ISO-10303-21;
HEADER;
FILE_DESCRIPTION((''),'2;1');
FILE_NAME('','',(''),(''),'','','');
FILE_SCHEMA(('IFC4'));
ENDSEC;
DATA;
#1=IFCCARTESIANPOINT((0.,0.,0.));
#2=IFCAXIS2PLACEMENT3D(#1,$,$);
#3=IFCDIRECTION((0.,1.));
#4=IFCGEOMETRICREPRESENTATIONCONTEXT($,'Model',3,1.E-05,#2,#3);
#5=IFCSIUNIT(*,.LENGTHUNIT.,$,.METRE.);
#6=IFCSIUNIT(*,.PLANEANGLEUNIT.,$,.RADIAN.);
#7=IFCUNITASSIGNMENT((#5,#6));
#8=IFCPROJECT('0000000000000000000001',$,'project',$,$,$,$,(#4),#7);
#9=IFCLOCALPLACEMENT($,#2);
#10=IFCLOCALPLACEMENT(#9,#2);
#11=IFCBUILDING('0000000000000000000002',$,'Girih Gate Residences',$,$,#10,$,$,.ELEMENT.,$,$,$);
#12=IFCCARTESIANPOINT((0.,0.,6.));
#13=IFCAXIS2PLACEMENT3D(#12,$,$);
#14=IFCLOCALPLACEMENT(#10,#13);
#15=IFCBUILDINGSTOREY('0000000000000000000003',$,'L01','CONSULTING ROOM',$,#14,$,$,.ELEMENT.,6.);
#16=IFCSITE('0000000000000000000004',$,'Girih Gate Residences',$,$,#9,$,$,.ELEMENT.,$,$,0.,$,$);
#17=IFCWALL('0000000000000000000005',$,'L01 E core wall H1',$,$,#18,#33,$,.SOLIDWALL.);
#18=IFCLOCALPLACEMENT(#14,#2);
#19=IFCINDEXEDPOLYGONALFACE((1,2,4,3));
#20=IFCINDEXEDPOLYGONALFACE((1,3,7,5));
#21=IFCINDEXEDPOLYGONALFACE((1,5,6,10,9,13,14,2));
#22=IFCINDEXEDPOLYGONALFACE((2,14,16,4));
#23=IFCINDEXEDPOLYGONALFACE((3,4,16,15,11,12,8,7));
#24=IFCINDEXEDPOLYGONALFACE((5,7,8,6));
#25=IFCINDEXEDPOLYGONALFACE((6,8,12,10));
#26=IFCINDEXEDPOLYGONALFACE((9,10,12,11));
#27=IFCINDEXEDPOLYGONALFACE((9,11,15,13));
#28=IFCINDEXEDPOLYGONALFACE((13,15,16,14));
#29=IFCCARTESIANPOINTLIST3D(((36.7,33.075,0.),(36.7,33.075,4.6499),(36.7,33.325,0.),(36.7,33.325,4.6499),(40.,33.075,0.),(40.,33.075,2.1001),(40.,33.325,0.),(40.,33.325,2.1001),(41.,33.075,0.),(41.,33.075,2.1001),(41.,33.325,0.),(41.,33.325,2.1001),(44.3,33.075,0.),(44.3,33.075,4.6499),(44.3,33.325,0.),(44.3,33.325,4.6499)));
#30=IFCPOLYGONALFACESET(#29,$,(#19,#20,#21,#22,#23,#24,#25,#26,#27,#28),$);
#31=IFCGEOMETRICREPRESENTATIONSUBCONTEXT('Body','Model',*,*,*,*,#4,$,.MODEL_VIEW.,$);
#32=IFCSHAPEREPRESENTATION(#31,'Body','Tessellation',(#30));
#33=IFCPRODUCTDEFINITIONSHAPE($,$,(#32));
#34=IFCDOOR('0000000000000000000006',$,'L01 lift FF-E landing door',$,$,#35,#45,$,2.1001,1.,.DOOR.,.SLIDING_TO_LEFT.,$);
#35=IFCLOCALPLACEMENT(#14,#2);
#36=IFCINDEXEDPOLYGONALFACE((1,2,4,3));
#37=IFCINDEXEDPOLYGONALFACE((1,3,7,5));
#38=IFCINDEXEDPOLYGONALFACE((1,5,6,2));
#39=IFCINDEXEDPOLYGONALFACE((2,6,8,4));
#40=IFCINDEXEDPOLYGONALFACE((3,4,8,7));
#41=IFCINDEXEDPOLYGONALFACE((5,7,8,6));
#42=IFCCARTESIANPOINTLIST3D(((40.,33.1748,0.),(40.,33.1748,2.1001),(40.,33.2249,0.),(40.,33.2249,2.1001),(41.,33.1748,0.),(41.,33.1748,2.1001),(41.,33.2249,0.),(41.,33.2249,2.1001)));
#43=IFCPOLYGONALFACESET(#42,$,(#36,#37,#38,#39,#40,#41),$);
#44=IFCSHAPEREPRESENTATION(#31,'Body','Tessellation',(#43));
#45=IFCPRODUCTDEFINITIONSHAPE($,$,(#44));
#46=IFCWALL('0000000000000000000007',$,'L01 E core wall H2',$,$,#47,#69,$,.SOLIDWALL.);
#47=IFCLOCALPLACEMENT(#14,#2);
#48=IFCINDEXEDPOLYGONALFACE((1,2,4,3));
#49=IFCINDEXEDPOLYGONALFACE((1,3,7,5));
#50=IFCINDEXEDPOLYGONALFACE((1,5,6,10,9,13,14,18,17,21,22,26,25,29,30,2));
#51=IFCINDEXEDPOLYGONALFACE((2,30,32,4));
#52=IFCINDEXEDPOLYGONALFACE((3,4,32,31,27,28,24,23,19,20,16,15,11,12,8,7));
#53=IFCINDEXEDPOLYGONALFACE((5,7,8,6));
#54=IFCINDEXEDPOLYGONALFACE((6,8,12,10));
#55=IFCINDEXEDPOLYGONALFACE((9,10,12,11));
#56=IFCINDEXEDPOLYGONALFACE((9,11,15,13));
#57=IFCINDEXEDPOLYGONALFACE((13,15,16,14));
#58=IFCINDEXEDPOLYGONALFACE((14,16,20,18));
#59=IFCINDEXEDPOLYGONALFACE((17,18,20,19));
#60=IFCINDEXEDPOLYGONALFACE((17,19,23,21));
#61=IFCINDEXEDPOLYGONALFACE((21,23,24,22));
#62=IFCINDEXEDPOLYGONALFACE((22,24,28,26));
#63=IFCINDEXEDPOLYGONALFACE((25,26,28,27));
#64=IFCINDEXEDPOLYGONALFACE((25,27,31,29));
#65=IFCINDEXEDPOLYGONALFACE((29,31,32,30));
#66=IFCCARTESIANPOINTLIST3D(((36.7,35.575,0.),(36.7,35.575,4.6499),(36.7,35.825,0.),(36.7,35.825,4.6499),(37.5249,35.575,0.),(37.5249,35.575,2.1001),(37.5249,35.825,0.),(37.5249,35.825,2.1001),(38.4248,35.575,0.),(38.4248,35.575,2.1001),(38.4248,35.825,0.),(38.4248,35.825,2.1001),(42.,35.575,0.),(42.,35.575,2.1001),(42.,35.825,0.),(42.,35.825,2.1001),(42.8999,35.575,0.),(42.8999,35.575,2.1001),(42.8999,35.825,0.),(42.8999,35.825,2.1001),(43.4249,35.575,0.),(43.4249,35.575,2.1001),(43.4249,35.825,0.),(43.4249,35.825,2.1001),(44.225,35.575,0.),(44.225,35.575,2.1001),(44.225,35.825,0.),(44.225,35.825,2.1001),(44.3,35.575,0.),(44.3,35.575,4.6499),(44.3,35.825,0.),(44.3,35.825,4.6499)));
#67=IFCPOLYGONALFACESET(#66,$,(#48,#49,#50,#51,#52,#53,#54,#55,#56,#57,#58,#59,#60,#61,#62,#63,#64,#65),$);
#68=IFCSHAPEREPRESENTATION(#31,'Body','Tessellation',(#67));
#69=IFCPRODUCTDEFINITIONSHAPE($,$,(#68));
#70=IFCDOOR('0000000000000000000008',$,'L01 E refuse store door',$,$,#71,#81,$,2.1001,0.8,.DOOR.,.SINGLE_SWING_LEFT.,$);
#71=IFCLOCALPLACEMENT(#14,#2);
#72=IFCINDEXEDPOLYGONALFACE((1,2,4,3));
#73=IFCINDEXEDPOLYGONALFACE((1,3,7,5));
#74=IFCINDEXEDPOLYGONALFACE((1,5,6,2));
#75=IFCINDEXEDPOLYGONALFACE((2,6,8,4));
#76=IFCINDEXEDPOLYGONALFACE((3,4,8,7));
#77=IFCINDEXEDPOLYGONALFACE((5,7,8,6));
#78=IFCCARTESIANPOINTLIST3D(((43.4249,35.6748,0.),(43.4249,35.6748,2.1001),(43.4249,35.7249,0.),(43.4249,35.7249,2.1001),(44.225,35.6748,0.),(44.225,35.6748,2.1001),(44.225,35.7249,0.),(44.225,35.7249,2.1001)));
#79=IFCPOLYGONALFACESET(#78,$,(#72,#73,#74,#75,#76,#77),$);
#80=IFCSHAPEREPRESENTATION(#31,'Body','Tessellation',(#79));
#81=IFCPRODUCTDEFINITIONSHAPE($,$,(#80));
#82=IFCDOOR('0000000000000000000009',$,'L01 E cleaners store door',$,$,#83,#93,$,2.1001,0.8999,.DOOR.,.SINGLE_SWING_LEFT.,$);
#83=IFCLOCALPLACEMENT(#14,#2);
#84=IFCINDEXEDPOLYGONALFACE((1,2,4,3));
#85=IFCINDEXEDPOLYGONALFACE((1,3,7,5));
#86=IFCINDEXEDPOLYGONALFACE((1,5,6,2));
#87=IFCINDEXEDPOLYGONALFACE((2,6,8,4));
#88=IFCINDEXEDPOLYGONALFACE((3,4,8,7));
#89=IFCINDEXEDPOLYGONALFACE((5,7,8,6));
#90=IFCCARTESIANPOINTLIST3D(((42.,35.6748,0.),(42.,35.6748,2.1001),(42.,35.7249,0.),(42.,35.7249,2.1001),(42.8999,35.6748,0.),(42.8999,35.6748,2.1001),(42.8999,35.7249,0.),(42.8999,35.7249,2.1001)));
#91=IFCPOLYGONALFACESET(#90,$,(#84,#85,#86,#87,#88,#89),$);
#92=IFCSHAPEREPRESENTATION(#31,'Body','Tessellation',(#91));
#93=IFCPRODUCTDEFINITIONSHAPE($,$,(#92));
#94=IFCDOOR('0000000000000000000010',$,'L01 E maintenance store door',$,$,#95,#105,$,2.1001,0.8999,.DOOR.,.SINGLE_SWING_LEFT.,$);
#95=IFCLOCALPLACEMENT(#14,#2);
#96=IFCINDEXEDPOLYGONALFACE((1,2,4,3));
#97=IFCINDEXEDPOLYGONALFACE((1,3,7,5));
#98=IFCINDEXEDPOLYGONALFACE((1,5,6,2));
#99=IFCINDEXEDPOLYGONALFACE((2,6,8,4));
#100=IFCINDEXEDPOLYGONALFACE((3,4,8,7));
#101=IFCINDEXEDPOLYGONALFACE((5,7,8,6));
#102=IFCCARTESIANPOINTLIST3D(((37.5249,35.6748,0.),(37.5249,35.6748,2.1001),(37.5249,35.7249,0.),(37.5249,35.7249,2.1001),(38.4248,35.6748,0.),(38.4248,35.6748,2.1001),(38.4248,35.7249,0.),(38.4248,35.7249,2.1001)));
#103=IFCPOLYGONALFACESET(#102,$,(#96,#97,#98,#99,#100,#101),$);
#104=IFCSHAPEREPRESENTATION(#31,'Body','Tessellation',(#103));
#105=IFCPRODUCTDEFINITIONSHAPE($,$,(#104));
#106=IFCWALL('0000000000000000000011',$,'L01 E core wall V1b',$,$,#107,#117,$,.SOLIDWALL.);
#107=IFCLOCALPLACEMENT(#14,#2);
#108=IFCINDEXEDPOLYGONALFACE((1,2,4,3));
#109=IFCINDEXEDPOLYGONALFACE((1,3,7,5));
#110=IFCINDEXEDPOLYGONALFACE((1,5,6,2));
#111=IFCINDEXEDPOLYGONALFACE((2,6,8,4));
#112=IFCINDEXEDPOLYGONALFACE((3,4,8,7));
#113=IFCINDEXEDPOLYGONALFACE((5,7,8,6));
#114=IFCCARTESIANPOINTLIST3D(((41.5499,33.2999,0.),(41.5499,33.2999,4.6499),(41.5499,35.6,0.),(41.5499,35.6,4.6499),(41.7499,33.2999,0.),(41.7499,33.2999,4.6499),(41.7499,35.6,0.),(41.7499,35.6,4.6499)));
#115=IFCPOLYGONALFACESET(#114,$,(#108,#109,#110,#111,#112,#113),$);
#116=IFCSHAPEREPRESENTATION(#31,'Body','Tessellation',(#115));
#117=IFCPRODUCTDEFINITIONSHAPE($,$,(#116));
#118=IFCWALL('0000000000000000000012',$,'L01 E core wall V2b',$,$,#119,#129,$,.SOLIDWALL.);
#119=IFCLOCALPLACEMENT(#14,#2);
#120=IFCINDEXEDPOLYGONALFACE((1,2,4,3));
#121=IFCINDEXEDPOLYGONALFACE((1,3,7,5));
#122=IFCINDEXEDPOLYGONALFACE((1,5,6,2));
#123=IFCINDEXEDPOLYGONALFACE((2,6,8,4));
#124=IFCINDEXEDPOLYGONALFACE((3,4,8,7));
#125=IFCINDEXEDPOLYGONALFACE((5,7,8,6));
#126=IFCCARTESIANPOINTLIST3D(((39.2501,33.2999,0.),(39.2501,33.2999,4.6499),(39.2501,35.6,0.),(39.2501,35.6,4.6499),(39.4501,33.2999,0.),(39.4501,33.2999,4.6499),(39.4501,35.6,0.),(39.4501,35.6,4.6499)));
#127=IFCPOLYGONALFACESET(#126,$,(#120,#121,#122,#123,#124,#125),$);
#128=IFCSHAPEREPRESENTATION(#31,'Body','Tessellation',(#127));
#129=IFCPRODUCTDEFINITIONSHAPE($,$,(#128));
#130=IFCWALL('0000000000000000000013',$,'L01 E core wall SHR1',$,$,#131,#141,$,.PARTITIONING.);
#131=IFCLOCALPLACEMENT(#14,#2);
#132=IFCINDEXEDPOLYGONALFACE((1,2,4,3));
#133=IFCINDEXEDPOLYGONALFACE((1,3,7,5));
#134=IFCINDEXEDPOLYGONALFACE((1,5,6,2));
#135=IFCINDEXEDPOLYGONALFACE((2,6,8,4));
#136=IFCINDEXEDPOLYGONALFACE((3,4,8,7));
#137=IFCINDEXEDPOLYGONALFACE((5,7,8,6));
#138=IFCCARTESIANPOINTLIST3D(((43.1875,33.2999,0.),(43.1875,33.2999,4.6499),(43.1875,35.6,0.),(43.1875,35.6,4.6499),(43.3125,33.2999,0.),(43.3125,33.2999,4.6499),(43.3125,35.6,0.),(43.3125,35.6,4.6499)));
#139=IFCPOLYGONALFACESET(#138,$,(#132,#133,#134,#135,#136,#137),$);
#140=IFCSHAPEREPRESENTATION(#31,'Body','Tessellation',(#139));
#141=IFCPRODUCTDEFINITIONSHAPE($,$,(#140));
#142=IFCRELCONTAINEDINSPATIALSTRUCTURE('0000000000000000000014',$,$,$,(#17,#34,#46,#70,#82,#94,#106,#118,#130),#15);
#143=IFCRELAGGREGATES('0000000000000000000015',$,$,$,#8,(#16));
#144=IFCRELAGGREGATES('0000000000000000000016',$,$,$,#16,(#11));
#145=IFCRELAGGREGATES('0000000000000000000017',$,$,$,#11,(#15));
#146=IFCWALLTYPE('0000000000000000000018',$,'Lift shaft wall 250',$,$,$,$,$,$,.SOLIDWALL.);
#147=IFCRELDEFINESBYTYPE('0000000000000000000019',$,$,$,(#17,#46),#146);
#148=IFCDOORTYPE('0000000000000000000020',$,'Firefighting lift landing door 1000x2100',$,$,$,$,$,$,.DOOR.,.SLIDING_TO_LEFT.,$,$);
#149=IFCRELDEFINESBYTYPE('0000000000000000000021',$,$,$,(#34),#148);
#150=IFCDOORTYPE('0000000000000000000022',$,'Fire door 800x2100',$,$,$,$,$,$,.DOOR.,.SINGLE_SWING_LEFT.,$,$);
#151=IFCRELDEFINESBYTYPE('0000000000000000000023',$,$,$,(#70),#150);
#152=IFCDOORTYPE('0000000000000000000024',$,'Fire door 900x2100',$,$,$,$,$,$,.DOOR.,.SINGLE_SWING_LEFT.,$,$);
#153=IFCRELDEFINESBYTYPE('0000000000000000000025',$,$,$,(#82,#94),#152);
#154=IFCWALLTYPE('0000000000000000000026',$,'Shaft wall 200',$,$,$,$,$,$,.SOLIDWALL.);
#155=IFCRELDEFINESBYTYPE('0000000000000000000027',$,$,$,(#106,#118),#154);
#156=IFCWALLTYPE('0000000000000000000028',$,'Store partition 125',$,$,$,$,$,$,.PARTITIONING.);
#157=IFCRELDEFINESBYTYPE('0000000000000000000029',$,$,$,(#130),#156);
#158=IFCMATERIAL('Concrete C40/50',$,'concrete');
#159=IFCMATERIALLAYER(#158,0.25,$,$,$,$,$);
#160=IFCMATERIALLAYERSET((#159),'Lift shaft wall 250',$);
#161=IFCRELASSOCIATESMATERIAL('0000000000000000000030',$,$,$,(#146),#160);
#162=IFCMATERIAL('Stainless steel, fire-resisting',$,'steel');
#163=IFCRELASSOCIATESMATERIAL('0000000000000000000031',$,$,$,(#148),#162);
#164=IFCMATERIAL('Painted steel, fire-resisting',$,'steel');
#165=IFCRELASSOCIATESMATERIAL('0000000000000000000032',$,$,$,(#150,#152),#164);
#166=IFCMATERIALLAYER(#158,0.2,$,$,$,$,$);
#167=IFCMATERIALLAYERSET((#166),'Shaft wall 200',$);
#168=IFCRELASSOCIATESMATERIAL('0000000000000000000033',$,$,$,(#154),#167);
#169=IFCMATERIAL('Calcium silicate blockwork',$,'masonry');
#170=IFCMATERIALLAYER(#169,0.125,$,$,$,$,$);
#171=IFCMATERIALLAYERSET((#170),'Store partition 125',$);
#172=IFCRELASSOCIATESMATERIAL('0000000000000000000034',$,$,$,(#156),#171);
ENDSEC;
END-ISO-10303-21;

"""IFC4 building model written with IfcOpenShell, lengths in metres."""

from ifc_helpers import new_model, si_unit, direction, frame, frame_2d, origin, place, context, subcontext, project, spatial, rectangle, extrude, material, layer, layer_set, type_object, element, fill, save


model = new_model("IFC4")

# Units and contexts
model_context = context("Model", 3, precision=1e-05, world=origin(), true_north=direction((0.0, 1.0)))
body_context = subcontext(model_context, "Body", "Model", "MODEL_VIEW")
ifc_project = project(units=[si_unit("LENGTHUNIT", "METRE"), si_unit("PLANEANGLEUNIT", "RADIAN")], contexts=[model_context])

# Site, building, storey
site_placement = place(None, origin())
site = spatial("IfcSite", under=ifc_project, at=site_placement, Name="Girih Gate Residences", CompositionType="ELEMENT", RefElevation=0.0)
building_placement = place(site_placement, origin())
building = spatial("IfcBuilding", under=site, at=building_placement, Name="Girih Gate Residences", CompositionType="ELEMENT")
storey_placement = place(building_placement, frame((0.0, 0.0, 6.0)))
storey = spatial("IfcBuildingStorey", under=building, at=storey_placement, Name="L01", Description="CONSULTING ROOM", CompositionType="ELEMENT", Elevation=6.0)

# Wall, opening, door
ifc_material_1 = material(Name="Concrete C40/50", Category="concrete")
ifc_layer_1 = layer(ifc_material_1, 0.25)
ifc_layer_set_1 = layer_set([ifc_layer_1], Name="Lift shaft wall 250")
wall_type_1 = type_object("IfcWallType", Name="Lift shaft wall 250", PredefinedType="SOLIDWALL", material=ifc_layer_set_1)
wall_1_placement = place(storey_placement, frame((36.7, 33.2, 0.0), z_axis=(0.0, 0.0, 1.0), x_axis=(1.0, 0.0, 0.0)))
wall_1 = element("IfcWall", 1, at=wall_1_placement, inside=storey, type_object=wall_type_1, Name="L01 E core wall H1", PredefinedType="SOLIDWALL", context=body_context, shape_type="SweptSolid", body=[
    extrude(rectangle(XDim=7.6001, YDim=0.25, at=frame_2d((3.8, 0.0))), origin(), (0.0, 0.0, 1.0), 4.6499),
])
opening_1_placement = place(wall_1_placement, frame((3.3, 0.0, 0.0)))
opening_1 = element("IfcOpeningElement", 2, at=opening_1_placement, cuts=wall_1, PredefinedType="OPENING", context=body_context, shape_type="SweptSolid", body=[
    extrude(rectangle(XDim=1.0, YDim=2.1001, at=frame_2d((0.5, 1.05))), frame((0.0, 0.135, 0.0), z_axis=(0.0, -1.0, 0.0), x_axis=(1.0, 0.0, 0.0)), (0.0, 0.0, 1.0), 0.27),
])
ifc_material_2 = material(Name="Stainless steel, fire-resisting", Category="steel")
door_type_1 = type_object("IfcDoorType", Name="Firefighting lift landing door 1000x2100", OperationType="SLIDING_TO_LEFT", PredefinedType="DOOR", material=ifc_material_2)
door_1_placement = place(opening_1_placement, origin())
door_1 = element("IfcDoor", 3, at=door_1_placement, inside=storey, type_object=door_type_1, Name="L01 lift FF-E landing door", OperationType="SLIDING_TO_LEFT", OverallHeight=2.1001, OverallWidth=1.0, PredefinedType="DOOR", context=body_context, shape_type="SweptSolid", body=[
    extrude(rectangle(XDim=1.0, YDim=2.1001, at=frame_2d((0.5, 1.05))), frame((0.0, 0.0249, 0.0), z_axis=(0.0, -1.0, 0.0), x_axis=(1.0, 0.0, 0.0)), (0.0, 0.0, 1.0), 0.05),
])
fill(opening_1, door_1)

# Wall, openings, doors
wall_2_placement = place(storey_placement, frame((36.7, 35.7, 0.0), z_axis=(0.0, 0.0, 1.0), x_axis=(1.0, 0.0, 0.0)))
wall_2 = element("IfcWall", 4, at=wall_2_placement, inside=storey, type_object=wall_type_1, Name="L01 E core wall H2", PredefinedType="SOLIDWALL", context=body_context, shape_type="SweptSolid", body=[
    extrude(rectangle(XDim=7.6001, YDim=0.25, at=frame_2d((3.8, 0.0))), origin(), (0.0, 0.0, 1.0), 4.6499),
])
opening_2_placement = place(wall_2_placement, frame((6.7251, 0.0, 0.0)))
opening_2 = element("IfcOpeningElement", 5, at=opening_2_placement, cuts=wall_2, PredefinedType="OPENING", context=body_context, shape_type="SweptSolid", body=[
    extrude(rectangle(XDim=0.8, YDim=2.1001, at=frame_2d((0.3999, 1.05))), frame((0.0, 0.135, 0.0), z_axis=(0.0, -1.0, 0.0), x_axis=(1.0, 0.0, 0.0)), (0.0, 0.0, 1.0), 0.27),
])
opening_3_placement = place(wall_2_placement, frame((5.3, 0.0, 0.0)))
opening_3 = element("IfcOpeningElement", 6, at=opening_3_placement, cuts=wall_2, PredefinedType="OPENING", context=body_context, shape_type="SweptSolid", body=[
    extrude(rectangle(XDim=0.8999, YDim=2.1001, at=frame_2d((0.45, 1.05))), frame((0.0, 0.135, 0.0), z_axis=(0.0, -1.0, 0.0), x_axis=(1.0, 0.0, 0.0)), (0.0, 0.0, 1.0), 0.27),
])
opening_4_placement = place(wall_2_placement, frame((0.825, 0.0, 0.0)))
opening_4 = element("IfcOpeningElement", 7, at=opening_4_placement, cuts=wall_2, PredefinedType="OPENING", context=body_context, shape_type="SweptSolid", body=[
    extrude(rectangle(XDim=0.8999, YDim=2.1001, at=frame_2d((0.45, 1.05))), frame((0.0, 0.135, 0.0), z_axis=(0.0, -1.0, 0.0), x_axis=(1.0, 0.0, 0.0)), (0.0, 0.0, 1.0), 0.27),
])
ifc_material_3 = material(Name="Painted steel, fire-resisting", Category="steel")
door_type_2 = type_object("IfcDoorType", Name="Fire door 800x2100", OperationType="SINGLE_SWING_LEFT", PredefinedType="DOOR", material=ifc_material_3)
door_2_placement = place(opening_2_placement, origin())
door_2 = element("IfcDoor", 8, at=door_2_placement, inside=storey, type_object=door_type_2, Name="L01 E refuse store door", OperationType="SINGLE_SWING_LEFT", OverallHeight=2.1001, OverallWidth=0.8, PredefinedType="DOOR", context=body_context, shape_type="SweptSolid", body=[
    extrude(rectangle(XDim=0.8, YDim=2.1001, at=frame_2d((0.3999, 1.05))), frame((0.0, 0.0249, 0.0), z_axis=(0.0, -1.0, 0.0), x_axis=(1.0, 0.0, 0.0)), (0.0, 0.0, 1.0), 0.05),
])
fill(opening_2, door_2)
door_type_3 = type_object("IfcDoorType", Name="Fire door 900x2100", OperationType="SINGLE_SWING_LEFT", PredefinedType="DOOR", material=ifc_material_3)
door_3_placement = place(opening_3_placement, origin())
door_3 = element("IfcDoor", 9, at=door_3_placement, inside=storey, type_object=door_type_3, Name="L01 E cleaners store door", OperationType="SINGLE_SWING_LEFT", OverallHeight=2.1001, OverallWidth=0.8999, PredefinedType="DOOR", context=body_context, shape_type="SweptSolid", body=[
    extrude(rectangle(XDim=0.8999, YDim=2.1001, at=frame_2d((0.45, 1.05))), frame((0.0, 0.0249, 0.0), z_axis=(0.0, -1.0, 0.0), x_axis=(1.0, 0.0, 0.0)), (0.0, 0.0, 1.0), 0.05),
])
fill(opening_3, door_3)
door_4_placement = place(opening_4_placement, origin())
door_4 = element("IfcDoor", 10, at=door_4_placement, inside=storey, type_object=door_type_3, Name="L01 E maintenance store door", OperationType="SINGLE_SWING_LEFT", OverallHeight=2.1001, OverallWidth=0.8999, PredefinedType="DOOR", context=body_context, shape_type="SweptSolid", body=[
    extrude(rectangle(XDim=0.8999, YDim=2.1001, at=frame_2d((0.45, 1.05))), frame((0.0, 0.0249, 0.0), z_axis=(0.0, -1.0, 0.0), x_axis=(1.0, 0.0, 0.0)), (0.0, 0.0, 1.0), 0.05),
])
fill(opening_4, door_4)

# Walls
ifc_layer_2 = layer(ifc_material_1, 0.2)
ifc_layer_set_2 = layer_set([ifc_layer_2], Name="Shaft wall 200")
wall_type_2 = type_object("IfcWallType", Name="Shaft wall 200", PredefinedType="SOLIDWALL", material=ifc_layer_set_2)
for number, where, z_axis, x_axis, name in (
    (11, (41.6499, 33.3, 0.0), (0.0, 0.0, 1.0), (0.0, 1.0, 0.0), "L01 E core wall V1b"),
    (12, (39.3501, 33.3, 0.0), (0.0, 0.0, 1.0), (0.0, 1.0, 0.0), "L01 E core wall V2b"),
):
    element("IfcWall", number, at=place(storey_placement, frame(where, z_axis=z_axis, x_axis=x_axis)), inside=storey, type_object=wall_type_2, Name=name, PredefinedType="SOLIDWALL", context=body_context, shape_type="SweptSolid", body=[
        extrude(rectangle(XDim=2.3, YDim=0.2, at=frame_2d((1.1499, 0.0))), origin(), (0.0, 0.0, 1.0), 4.6499),
    ])
ifc_material_4 = material(Name="Calcium silicate blockwork", Category="masonry")
ifc_layer_3 = layer(ifc_material_4, 0.125)
ifc_layer_set_3 = layer_set([ifc_layer_3], Name="Store partition 125")
wall_type_3 = type_object("IfcWallType", Name="Store partition 125", PredefinedType="PARTITIONING", material=ifc_layer_set_3)
wall_3_placement = place(storey_placement, frame((43.25, 33.3, 0.0), z_axis=(0.0, 0.0, 1.0), x_axis=(0.0, 1.0, 0.0)))
element("IfcWall", 13, at=wall_3_placement, inside=storey, type_object=wall_type_3, Name="L01 E core wall SHR1", PredefinedType="PARTITIONING", context=body_context, shape_type="SweptSolid", body=[
    extrude(rectangle(XDim=2.3, YDim=0.125, at=frame_2d((1.1499, 0.0))), origin(), (0.0, 0.0, 1.0), 4.6499),
])

save(model, "model.ifc")
